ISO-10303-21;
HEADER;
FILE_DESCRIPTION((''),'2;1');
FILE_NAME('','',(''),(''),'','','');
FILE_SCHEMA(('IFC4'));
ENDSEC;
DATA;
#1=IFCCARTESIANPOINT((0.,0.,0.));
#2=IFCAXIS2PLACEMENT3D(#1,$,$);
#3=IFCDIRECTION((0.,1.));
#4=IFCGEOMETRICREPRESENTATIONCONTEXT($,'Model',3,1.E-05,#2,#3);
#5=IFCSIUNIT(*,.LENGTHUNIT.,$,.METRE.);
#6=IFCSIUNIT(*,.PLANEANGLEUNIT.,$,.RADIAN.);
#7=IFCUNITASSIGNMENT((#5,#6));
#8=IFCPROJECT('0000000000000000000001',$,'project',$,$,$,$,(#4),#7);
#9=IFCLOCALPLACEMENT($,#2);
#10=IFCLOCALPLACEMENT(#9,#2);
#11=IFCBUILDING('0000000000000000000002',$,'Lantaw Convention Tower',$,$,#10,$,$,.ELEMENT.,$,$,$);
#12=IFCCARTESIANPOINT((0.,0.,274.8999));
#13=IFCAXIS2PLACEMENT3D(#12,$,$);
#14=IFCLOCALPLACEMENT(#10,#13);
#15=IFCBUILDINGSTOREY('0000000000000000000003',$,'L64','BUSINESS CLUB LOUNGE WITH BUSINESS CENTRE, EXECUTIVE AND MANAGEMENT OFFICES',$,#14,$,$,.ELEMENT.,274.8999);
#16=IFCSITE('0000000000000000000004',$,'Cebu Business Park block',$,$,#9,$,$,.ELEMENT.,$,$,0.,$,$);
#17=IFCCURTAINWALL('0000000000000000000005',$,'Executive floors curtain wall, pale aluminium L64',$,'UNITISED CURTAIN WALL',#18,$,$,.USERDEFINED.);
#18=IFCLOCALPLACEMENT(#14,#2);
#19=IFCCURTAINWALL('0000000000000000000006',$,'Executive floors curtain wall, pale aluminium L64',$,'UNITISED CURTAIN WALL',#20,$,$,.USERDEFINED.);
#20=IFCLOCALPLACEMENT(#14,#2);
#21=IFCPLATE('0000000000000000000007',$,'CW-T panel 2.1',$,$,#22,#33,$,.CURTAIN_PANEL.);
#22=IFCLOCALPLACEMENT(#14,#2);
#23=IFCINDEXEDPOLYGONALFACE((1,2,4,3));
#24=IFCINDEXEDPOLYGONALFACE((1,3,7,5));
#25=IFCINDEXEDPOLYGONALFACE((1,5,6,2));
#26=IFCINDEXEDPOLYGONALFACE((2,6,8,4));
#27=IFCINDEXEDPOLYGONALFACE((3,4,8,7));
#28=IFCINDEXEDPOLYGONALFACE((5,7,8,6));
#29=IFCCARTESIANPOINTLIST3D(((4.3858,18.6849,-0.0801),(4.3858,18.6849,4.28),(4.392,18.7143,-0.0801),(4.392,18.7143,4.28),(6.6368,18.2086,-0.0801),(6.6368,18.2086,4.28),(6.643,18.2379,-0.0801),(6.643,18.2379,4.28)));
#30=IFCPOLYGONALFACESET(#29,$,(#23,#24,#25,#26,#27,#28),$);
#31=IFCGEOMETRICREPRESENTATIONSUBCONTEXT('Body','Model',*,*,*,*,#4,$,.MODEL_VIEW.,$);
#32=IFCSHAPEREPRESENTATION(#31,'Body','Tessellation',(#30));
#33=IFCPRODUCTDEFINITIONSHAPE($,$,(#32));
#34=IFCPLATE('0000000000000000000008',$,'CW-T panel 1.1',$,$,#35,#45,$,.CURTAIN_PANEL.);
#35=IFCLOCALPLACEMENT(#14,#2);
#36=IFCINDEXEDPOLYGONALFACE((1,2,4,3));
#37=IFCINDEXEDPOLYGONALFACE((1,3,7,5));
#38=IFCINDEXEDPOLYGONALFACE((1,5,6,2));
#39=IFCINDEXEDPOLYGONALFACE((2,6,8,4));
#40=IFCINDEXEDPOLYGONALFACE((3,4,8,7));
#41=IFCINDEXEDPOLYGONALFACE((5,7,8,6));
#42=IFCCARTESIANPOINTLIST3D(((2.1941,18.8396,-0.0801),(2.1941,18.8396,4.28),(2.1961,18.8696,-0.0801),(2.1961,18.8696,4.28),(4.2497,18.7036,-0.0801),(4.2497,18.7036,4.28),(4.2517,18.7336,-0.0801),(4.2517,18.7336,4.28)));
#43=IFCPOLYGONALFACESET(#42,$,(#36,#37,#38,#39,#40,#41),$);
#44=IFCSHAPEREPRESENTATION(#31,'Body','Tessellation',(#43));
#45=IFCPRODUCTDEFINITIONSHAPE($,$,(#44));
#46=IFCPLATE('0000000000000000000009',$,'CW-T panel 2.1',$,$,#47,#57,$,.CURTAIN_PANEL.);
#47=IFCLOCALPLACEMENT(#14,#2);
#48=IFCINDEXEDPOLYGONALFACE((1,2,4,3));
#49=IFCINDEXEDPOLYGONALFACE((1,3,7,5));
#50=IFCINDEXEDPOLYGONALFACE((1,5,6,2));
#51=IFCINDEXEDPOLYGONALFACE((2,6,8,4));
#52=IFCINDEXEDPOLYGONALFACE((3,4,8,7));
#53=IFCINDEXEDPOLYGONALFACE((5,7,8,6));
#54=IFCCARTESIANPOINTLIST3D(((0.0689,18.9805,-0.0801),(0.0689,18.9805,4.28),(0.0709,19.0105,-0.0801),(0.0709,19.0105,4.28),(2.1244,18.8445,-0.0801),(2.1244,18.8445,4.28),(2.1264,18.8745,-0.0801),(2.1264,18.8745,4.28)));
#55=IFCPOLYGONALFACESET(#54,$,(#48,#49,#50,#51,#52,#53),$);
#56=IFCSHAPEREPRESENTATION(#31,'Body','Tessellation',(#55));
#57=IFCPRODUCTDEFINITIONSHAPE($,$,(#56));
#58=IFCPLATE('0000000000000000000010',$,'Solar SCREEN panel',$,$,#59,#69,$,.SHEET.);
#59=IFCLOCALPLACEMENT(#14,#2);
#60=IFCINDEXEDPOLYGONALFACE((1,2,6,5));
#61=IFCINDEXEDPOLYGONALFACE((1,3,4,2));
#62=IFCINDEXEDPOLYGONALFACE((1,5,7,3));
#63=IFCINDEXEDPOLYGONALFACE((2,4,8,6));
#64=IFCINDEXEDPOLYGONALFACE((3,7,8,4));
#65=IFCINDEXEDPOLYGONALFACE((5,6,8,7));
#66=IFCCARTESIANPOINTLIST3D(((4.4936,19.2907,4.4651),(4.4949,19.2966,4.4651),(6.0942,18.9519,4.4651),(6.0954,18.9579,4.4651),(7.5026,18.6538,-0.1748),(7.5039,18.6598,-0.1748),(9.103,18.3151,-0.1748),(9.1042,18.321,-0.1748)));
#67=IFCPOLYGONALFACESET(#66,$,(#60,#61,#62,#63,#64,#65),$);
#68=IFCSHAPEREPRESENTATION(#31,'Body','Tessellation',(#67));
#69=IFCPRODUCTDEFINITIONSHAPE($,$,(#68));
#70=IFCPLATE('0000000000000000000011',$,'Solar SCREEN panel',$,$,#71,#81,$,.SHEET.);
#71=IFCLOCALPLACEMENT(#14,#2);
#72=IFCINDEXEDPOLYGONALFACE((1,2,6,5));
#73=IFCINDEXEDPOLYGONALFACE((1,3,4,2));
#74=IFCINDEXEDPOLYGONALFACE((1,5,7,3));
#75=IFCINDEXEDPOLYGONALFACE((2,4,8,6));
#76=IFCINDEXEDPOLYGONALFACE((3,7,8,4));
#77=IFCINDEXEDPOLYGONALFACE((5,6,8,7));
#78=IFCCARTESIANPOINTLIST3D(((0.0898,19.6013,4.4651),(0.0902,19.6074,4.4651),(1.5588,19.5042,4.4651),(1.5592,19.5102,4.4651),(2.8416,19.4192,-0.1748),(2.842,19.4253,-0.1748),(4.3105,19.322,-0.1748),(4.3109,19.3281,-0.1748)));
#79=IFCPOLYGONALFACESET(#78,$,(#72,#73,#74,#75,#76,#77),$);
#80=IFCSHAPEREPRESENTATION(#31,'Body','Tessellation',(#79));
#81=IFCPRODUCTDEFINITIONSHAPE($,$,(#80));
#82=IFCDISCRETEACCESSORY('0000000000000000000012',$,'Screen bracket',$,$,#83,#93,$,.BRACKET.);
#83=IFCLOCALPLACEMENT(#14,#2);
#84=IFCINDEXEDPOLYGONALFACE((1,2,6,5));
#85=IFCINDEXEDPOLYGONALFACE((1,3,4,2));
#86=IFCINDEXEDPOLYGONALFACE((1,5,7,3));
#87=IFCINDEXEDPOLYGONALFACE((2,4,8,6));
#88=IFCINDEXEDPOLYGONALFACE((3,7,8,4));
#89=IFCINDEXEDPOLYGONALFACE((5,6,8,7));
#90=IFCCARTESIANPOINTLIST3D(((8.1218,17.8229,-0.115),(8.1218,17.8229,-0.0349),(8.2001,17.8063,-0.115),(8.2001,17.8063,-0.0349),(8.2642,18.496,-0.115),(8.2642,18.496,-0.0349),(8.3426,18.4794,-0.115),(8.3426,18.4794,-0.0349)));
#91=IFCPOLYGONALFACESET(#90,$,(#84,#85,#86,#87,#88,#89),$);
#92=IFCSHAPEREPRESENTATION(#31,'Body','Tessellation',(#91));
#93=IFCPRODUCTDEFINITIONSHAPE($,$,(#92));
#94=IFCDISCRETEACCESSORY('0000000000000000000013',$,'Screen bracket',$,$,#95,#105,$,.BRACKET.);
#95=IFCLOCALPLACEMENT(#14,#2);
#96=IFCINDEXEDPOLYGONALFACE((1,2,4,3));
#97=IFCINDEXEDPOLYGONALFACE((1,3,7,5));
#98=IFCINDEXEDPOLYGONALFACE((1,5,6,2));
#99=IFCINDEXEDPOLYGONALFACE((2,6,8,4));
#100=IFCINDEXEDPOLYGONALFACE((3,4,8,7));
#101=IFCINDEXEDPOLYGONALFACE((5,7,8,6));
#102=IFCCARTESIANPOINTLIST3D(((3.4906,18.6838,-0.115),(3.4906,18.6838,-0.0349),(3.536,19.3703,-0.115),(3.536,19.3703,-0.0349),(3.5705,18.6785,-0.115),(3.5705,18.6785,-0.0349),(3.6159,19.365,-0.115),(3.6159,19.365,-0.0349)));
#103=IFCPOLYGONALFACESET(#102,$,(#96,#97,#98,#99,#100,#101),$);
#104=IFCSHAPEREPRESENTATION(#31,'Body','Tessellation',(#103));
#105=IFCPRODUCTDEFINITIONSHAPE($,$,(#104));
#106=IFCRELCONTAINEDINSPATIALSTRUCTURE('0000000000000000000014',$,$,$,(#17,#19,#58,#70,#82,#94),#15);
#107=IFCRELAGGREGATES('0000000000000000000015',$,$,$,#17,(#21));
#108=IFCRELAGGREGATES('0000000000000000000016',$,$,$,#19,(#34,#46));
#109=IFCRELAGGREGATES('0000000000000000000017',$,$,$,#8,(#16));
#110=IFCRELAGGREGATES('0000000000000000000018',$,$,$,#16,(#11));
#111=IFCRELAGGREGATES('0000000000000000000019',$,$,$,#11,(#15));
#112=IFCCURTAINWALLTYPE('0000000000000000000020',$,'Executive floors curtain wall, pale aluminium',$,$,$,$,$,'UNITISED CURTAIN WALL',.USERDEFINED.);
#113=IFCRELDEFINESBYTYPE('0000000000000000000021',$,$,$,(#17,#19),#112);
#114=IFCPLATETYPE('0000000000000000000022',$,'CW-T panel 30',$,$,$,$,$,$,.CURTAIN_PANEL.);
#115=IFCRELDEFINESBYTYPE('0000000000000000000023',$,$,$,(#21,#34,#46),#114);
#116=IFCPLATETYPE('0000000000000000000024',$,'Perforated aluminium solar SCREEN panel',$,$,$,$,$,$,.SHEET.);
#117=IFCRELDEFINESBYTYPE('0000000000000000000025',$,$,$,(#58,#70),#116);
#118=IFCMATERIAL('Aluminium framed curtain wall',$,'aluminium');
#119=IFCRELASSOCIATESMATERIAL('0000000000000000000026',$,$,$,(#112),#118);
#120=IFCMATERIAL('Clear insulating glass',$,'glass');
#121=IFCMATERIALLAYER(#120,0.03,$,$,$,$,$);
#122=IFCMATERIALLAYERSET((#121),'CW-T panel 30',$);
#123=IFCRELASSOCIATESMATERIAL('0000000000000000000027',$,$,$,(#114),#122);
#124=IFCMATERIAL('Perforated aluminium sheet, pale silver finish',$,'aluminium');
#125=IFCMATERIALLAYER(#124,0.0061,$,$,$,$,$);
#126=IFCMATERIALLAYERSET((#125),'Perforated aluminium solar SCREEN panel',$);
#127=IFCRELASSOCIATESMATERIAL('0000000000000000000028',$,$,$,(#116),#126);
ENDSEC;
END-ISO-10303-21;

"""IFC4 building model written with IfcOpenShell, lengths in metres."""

from ifc_helpers import new_model, si_unit, direction, frame, origin, origin_2d, place, context, subcontext, project, spatial, polyline, rectangle, outline, extrude, material, layer, layer_set, type_object, element, aggregate, save


model = new_model("IFC4")

# Units and contexts
model_context = context("Model", 3, precision=1e-05, world=origin(), true_north=direction((0.0, 1.0)))
body_context = subcontext(model_context, "Body", "Model", "MODEL_VIEW")
ifc_project = project(units=[si_unit("LENGTHUNIT", "METRE"), si_unit("PLANEANGLEUNIT", "RADIAN")], contexts=[model_context])

# Site, building, storey
site_placement = place(None, origin())
site = spatial("IfcSite", under=ifc_project, at=site_placement, Name="Cebu Business Park block", CompositionType="ELEMENT", RefElevation=0.0)
building_placement = place(site_placement, origin())
building = spatial("IfcBuilding", under=site, at=building_placement, Name="Lantaw Convention Tower", CompositionType="ELEMENT")
storey_placement = place(building_placement, frame((0.0, 0.0, 274.8999)))
storey = spatial("IfcBuildingStorey", under=building, at=storey_placement, Name="L64", Description="BUSINESS CLUB LOUNGE WITH BUSINESS CENTRE, EXECUTIVE AND MANAGEMENT OFFICES", CompositionType="ELEMENT", Elevation=274.8999)

# Shared definitions
ifc_material_1 = material(Name="Aluminium framed curtain wall", Category="aluminium")
curtain_wall_type = type_object("IfcCurtainWallType", Name="Executive floors curtain wall, pale aluminium", ElementType="UNITISED CURTAIN WALL", PredefinedType="USERDEFINED", material=ifc_material_1)

# Curtain walls
curtain_wall_1_placement = place(storey_placement, origin())
curtain_wall_1 = element("IfcCurtainWall", 1, at=curtain_wall_1_placement, inside=storey, type_object=curtain_wall_type, Name="Executive floors curtain wall, pale aluminium L64", ObjectType="UNITISED CURTAIN WALL", PredefinedType="USERDEFINED")
curtain_wall_2_placement = place(storey_placement, origin())
curtain_wall_2 = element("IfcCurtainWall", 2, at=curtain_wall_2_placement, inside=storey, type_object=curtain_wall_type, Name="Executive floors curtain wall, pale aluminium L64", ObjectType="UNITISED CURTAIN WALL", PredefinedType="USERDEFINED")

# Plates
ifc_material_2 = material(Name="Clear insulating glass", Category="glass")
ifc_layer_1 = layer(ifc_material_2, 0.03)
ifc_layer_set_1 = layer_set([ifc_layer_1], Name="CW-T panel 30")
plate_type_1 = type_object("IfcPlateType", Name="CW-T panel 30", PredefinedType="CURTAIN_PANEL", material=ifc_layer_set_1)
plate_1_placement = place(storey_placement, frame((5.5144, 18.4614, -0.0801), z_axis=(0.0, 0.0, 1.0), x_axis=(-0.978332, 0.20704, 0.0)))
plate_1 = element("IfcPlate", 3, at=plate_1_placement, type_object=plate_type_1, Name="CW-T panel 2.1", PredefinedType="CURTAIN_PANEL", context=body_context, shape_type="SweptSolid", body=[
    extrude(rectangle(XDim=2.3008, YDim=0.03, at=origin_2d()), origin(), (0.0, 0.0, 1.0), 4.3601),
])
aggregate(curtain_wall_1, [plate_1])
plate_2_placement = place(storey_placement, frame((3.2229, 18.7866, -0.0801), z_axis=(0.0, 0.0, 1.0), x_axis=(-0.997818, 0.066025, 0.0)))
plate_2 = element("IfcPlate", 4, at=plate_2_placement, type_object=plate_type_1, Name="CW-T panel 1.1", PredefinedType="CURTAIN_PANEL", context=body_context, shape_type="SweptSolid", body=[
    extrude(rectangle(XDim=2.0601, YDim=0.03, at=origin_2d()), origin(), (0.0, 0.0, 1.0), 4.3601),
])
plate_3_placement = place(storey_placement, frame((1.0977, 18.9275, -0.0801), z_axis=(0.0, 0.0, 1.0), x_axis=(-0.997818, 0.066025, 0.0)))
plate_3 = element("IfcPlate", 5, at=plate_3_placement, type_object=plate_type_1, Name="CW-T panel 2.1", PredefinedType="CURTAIN_PANEL", context=body_context, shape_type="SweptSolid", body=[
    extrude(rectangle(XDim=2.0601, YDim=0.03, at=origin_2d()), origin(), (0.0, 0.0, 1.0), 4.3601),
])
aggregate(curtain_wall_2, [plate_2, plate_3])

# Plates
ifc_material_3 = material(Name="Perforated aluminium sheet, pale silver finish", Category="aluminium")
ifc_layer_2 = layer(ifc_material_3, 0.0061)
ifc_layer_set_2 = layer_set([ifc_layer_2], Name="Perforated aluminium solar SCREEN panel")
plate_type_2 = type_object("IfcPlateType", Name="Perforated aluminium solar SCREEN panel", PredefinedType="SHEET", material=ifc_layer_set_2)
plate_4_placement = place(storey_placement, frame((9.1042, 18.321, -0.1748), z_axis=(0.207067, 0.978327, 0.000002), x_axis=(-0.978327, 0.207067, 0.0)))
element("IfcPlate", 6, at=plate_4_placement, inside=storey, type_object=plate_type_2, Name="Solar SCREEN panel", PredefinedType="SHEET", context=body_context, shape_type="SweptSolid", body=[
    extrude(outline(polyline([(0.0, 0.0), (1.6358, 0.0), (4.7115, 4.6399), (3.0755, 4.6399), (0.0, 0.0)])), origin(), (0.0, 0.0, -1.0), 0.0061),
])
plate_5_placement = place(storey_placement, frame((4.3105, 19.322, -0.1748), z_axis=(-0.066002, -0.99782, 0.000025), x_axis=(-0.99782, 0.066002, 0.0)))
element("IfcPlate", 7, at=plate_5_placement, inside=storey, type_object=plate_type_2, Name="Solar SCREEN panel", PredefinedType="SHEET", context=body_context, shape_type="SweptSolid", body=[
    extrude(outline(polyline([(0.0, 0.0), (1.4722, 0.0), (4.2299, -4.6399), (2.7577, -4.6399), (0.0, 0.0)])), origin(), (0.0, 0.0, -1.0), 0.0061),
])

# Discrete accessories
for number, where, z_axis, x_axis, name in (
    (8, (8.2322, 18.1511, -0.115), (0.0, 0.0, 1.0), (-0.978332, 0.20704, 0.0), "Screen bracket"),
    (9, (3.5532, 19.0244, -0.115), (0.0, 0.0, 1.0), (-0.997818, 0.066025, 0.0), "Screen bracket"),
):
    element("IfcDiscreteAccessory", number, at=place(storey_placement, frame(where, z_axis=z_axis, x_axis=x_axis)), inside=storey, Name=name, PredefinedType="BRACKET", context=body_context, shape_type="SweptSolid", body=[
        extrude(rectangle(XDim=0.0801, YDim=0.688, at=origin_2d()), origin(), (0.0, 0.0, 1.0), 0.0801),
    ])

save(model, "model.ifc")
